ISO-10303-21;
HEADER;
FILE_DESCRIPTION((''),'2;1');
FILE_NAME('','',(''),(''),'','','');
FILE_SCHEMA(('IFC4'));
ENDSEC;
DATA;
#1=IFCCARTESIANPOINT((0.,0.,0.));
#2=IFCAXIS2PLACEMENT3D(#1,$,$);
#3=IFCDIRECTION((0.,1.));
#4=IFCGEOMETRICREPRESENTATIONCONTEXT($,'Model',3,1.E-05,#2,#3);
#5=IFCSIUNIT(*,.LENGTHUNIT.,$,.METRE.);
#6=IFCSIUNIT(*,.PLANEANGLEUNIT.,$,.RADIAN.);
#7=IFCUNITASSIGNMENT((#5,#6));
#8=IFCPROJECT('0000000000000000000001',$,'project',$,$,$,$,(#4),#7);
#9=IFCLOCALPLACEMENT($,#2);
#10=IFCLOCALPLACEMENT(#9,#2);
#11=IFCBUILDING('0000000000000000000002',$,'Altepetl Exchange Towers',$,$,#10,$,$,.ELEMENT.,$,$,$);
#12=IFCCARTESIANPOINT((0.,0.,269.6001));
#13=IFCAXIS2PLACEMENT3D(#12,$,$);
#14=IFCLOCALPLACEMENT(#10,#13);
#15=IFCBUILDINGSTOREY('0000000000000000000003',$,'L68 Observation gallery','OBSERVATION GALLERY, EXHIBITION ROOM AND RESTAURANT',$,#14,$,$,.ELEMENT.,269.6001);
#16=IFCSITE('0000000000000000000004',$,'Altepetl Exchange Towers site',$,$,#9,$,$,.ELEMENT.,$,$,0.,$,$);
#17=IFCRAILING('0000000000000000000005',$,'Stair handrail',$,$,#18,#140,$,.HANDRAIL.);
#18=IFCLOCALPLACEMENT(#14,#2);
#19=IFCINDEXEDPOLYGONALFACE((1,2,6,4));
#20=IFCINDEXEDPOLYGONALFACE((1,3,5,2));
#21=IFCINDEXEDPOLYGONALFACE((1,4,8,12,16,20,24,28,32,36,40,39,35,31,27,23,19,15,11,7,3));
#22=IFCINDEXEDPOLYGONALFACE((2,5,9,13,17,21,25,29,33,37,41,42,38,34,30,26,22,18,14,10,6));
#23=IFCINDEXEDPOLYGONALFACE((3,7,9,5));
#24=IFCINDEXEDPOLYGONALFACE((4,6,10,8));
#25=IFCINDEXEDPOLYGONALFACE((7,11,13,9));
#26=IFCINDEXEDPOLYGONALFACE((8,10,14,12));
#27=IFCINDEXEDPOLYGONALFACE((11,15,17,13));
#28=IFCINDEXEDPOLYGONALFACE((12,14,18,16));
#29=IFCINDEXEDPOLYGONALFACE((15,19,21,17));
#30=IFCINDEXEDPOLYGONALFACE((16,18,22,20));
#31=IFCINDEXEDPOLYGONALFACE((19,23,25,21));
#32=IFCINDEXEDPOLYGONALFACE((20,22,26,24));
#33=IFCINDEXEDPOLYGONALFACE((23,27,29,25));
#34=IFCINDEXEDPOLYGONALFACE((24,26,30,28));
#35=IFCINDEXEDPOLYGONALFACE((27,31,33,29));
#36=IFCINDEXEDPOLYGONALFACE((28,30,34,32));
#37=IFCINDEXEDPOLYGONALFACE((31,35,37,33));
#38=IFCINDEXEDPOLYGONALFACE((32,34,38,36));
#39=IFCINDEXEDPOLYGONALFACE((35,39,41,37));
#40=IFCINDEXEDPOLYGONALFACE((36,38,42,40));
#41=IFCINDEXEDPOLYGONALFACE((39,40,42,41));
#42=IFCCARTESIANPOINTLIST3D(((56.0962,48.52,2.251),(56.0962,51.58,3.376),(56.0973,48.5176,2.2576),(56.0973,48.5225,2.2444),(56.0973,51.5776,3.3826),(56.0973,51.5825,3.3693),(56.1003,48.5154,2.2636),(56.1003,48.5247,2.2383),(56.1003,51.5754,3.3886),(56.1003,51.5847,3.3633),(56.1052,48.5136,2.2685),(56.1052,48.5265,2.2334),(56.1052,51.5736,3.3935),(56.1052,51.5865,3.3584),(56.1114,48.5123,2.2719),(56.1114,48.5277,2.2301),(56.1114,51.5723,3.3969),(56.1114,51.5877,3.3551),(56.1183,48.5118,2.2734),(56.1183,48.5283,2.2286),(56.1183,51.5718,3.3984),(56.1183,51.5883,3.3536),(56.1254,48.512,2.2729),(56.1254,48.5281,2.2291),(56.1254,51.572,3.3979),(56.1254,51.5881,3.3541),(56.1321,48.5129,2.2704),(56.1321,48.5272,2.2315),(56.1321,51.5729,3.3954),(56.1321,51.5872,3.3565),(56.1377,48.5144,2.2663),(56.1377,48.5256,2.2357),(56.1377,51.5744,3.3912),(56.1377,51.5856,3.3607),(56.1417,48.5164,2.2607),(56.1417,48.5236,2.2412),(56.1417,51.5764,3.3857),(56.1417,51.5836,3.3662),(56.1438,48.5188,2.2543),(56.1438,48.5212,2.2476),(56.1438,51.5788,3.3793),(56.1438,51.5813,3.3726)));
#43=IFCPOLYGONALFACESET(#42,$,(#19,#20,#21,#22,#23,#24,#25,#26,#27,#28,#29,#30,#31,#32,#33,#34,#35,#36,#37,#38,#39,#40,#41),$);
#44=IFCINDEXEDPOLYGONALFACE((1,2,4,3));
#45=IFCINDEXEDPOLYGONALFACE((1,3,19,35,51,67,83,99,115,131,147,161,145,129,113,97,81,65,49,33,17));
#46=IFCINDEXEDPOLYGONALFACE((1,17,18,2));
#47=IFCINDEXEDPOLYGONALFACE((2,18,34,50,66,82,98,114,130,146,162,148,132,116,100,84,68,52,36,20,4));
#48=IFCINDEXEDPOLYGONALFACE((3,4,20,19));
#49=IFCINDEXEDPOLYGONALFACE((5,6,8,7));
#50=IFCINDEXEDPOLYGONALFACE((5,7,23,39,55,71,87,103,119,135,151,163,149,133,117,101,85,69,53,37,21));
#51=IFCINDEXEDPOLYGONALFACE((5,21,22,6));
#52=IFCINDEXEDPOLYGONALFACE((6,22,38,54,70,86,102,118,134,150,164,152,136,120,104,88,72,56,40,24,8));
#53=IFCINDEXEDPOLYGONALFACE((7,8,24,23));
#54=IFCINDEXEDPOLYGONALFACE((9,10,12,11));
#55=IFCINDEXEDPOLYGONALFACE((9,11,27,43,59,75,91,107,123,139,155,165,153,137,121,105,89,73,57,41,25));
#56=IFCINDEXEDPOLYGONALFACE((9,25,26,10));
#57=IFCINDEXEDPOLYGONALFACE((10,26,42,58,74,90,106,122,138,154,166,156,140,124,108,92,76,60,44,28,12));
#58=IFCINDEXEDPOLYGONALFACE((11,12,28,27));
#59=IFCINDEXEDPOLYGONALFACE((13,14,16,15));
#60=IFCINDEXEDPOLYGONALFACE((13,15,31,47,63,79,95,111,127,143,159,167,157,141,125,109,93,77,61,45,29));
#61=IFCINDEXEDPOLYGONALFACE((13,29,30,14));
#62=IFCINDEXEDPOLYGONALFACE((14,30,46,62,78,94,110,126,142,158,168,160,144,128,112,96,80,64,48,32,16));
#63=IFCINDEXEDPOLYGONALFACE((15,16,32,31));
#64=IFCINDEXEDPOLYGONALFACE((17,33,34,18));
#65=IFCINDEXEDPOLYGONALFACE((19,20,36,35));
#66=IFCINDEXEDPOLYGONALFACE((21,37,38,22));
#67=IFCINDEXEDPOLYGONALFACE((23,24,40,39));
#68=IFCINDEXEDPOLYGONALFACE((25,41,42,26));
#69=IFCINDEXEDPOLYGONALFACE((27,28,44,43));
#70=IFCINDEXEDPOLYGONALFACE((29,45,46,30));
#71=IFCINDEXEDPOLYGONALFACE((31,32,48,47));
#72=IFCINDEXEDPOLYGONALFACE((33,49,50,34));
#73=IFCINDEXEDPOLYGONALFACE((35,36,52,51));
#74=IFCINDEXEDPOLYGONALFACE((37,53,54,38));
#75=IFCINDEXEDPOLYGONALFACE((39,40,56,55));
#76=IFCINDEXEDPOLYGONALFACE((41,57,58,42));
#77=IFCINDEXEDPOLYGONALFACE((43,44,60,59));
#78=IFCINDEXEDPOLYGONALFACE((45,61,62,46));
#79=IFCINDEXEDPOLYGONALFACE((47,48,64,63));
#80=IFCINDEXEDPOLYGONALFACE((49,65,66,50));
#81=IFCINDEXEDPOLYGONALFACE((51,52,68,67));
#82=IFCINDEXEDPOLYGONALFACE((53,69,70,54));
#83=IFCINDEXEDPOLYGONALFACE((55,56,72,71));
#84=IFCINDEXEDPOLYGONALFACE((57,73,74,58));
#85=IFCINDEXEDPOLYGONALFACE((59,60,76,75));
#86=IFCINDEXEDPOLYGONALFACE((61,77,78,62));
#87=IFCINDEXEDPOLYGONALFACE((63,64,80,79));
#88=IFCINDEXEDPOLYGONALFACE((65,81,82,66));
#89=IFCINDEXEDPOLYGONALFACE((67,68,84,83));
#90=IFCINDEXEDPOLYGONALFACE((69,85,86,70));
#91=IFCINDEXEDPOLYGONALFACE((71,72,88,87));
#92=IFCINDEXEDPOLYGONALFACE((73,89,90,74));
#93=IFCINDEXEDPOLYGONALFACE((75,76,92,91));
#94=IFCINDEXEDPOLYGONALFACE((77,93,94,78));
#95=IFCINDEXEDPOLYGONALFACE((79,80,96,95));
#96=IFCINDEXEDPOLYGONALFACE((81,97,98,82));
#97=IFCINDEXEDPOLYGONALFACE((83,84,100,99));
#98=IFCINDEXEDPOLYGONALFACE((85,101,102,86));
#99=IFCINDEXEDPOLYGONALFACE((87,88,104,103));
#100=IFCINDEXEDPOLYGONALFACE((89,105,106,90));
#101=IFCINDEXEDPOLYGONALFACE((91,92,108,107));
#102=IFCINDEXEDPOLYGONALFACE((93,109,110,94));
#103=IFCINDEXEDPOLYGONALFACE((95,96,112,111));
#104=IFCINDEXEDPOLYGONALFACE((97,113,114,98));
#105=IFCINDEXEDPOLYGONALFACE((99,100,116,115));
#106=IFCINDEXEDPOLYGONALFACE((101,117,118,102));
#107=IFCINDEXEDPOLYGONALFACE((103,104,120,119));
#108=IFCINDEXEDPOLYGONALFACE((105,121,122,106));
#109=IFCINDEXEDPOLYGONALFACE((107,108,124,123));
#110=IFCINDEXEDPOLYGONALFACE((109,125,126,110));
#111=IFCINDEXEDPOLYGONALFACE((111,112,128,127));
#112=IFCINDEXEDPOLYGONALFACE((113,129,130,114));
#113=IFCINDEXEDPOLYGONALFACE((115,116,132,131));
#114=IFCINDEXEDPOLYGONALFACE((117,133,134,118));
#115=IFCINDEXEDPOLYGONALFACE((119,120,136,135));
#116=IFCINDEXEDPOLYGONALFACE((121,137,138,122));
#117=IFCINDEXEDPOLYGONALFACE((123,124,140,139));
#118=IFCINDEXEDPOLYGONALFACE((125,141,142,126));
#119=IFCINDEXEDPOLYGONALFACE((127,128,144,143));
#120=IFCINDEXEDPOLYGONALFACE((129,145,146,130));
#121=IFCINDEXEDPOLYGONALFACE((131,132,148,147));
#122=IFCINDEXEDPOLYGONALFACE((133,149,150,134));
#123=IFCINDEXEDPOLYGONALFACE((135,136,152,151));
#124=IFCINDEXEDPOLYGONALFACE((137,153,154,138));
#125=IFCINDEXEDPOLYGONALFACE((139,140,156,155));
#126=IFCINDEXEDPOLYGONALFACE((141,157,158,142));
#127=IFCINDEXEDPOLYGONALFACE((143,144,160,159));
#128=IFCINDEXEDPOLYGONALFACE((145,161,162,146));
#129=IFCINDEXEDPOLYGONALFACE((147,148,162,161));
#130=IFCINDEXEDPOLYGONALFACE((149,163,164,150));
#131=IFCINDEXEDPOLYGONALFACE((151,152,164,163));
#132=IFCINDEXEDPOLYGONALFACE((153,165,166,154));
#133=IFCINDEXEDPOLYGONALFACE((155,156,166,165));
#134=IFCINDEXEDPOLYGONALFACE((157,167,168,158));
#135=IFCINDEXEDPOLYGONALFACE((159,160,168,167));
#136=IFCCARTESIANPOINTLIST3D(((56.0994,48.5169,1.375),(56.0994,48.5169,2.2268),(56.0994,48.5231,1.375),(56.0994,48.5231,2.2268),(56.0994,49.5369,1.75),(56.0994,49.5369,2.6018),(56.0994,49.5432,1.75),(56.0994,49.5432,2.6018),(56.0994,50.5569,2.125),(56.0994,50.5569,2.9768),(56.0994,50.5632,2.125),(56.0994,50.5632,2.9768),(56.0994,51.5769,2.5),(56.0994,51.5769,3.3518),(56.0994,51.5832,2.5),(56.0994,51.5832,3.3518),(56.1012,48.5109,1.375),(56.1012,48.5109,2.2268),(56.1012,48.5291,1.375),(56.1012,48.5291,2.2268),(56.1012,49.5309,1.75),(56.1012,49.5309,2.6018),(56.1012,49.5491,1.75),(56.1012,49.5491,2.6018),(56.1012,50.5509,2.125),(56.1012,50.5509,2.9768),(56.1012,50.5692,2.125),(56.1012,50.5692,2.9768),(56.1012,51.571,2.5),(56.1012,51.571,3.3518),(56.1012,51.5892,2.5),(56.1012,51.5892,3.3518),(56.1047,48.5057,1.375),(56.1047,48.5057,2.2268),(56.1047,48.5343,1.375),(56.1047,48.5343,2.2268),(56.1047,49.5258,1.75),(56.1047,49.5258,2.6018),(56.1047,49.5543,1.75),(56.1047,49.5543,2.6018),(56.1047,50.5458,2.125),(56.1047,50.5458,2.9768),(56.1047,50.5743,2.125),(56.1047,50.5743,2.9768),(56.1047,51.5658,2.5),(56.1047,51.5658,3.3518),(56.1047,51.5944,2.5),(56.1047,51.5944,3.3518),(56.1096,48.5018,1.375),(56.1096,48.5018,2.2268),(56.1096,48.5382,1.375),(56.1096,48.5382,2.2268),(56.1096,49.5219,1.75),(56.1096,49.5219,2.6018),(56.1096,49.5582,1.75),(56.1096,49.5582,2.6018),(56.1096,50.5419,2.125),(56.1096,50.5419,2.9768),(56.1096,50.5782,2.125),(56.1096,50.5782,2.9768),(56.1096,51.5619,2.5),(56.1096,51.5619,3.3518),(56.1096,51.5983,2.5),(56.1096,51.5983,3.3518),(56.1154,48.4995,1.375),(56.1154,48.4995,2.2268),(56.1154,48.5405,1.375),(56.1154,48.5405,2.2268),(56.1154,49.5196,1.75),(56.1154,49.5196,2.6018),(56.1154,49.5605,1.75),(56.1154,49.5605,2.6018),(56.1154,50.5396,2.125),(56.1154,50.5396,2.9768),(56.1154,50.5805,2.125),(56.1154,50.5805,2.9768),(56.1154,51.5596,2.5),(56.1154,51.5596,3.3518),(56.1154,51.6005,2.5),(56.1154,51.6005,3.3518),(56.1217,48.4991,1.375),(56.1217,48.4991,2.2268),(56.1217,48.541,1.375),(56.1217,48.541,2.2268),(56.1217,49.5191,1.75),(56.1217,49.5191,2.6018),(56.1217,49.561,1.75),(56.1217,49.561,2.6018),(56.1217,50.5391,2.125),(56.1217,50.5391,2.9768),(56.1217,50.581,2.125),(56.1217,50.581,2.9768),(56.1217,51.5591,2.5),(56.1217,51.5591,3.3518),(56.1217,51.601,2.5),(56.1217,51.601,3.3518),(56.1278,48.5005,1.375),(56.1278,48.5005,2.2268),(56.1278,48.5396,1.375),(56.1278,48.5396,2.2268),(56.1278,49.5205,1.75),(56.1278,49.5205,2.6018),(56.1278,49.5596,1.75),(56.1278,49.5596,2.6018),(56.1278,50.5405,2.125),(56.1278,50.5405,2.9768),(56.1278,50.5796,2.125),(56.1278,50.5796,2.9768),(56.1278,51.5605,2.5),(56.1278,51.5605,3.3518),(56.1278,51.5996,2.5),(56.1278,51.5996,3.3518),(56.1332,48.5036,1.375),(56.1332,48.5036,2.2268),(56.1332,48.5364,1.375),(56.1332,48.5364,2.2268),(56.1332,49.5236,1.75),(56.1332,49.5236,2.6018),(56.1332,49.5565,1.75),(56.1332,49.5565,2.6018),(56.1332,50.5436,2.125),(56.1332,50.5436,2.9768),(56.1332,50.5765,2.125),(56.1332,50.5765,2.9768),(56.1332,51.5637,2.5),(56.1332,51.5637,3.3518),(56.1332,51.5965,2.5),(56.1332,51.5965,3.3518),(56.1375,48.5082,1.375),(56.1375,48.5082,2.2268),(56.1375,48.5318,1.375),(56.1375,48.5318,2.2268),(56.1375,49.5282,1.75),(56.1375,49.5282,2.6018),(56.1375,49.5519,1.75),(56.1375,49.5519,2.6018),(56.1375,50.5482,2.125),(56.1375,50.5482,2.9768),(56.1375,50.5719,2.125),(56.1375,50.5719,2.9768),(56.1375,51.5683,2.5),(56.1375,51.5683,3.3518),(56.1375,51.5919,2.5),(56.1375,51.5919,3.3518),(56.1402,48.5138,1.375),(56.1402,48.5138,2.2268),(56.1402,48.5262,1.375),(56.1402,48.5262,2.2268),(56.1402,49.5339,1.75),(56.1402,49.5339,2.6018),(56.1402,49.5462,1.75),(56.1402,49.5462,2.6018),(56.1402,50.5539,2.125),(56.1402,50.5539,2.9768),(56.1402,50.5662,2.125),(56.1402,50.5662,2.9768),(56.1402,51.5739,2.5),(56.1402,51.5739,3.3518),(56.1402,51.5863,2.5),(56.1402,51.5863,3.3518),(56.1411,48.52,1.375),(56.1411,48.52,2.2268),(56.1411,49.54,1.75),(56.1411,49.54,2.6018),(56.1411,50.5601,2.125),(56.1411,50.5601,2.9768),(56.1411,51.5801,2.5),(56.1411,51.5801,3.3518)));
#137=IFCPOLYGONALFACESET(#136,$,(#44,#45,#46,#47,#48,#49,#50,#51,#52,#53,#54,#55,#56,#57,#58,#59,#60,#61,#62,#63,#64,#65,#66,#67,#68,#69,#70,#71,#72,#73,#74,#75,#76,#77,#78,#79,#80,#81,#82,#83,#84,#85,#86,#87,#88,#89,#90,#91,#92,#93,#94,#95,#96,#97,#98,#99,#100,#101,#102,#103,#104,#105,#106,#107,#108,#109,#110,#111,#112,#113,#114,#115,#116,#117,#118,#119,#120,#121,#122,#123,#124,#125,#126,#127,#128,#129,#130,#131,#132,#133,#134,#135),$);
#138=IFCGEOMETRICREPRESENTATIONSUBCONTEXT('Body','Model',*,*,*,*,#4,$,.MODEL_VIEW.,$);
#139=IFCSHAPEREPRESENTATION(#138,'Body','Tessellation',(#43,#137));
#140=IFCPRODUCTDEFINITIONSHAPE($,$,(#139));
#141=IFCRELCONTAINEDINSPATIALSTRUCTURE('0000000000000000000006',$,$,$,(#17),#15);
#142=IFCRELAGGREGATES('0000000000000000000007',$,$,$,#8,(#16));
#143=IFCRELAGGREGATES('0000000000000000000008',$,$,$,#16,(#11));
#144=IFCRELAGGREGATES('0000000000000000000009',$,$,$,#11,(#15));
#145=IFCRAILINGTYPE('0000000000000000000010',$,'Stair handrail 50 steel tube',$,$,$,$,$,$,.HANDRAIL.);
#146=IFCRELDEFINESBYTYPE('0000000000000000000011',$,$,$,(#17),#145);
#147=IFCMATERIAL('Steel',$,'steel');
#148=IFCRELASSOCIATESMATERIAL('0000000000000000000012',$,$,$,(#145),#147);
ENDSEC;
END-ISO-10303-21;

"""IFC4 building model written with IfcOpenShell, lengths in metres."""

from ifc_helpers import new_model, si_unit, direction, frame, origin, origin_2d, place, context, subcontext, project, spatial, circle, extrude, source, transform, mapped, material, type_object, element, save


model = new_model("IFC4")

# Units and contexts
model_context = context("Model", 3, precision=1e-05, world=origin(), true_north=direction((0.0, 1.0)))
body_context = subcontext(model_context, "Body", "Model", "MODEL_VIEW")
ifc_project = project(units=[si_unit("LENGTHUNIT", "METRE"), si_unit("PLANEANGLEUNIT", "RADIAN")], contexts=[model_context])

# Site, building, storey
site_placement = place(None, origin())
site = spatial("IfcSite", under=ifc_project, at=site_placement, Name="Altepetl Exchange Towers site", CompositionType="ELEMENT", RefElevation=0.0)
building_placement = place(site_placement, origin())
building = spatial("IfcBuilding", under=site, at=building_placement, Name="Altepetl Exchange Towers", CompositionType="ELEMENT")
storey_placement = place(building_placement, frame((0.0, 0.0, 269.6001)))
storey = spatial("IfcBuildingStorey", under=building, at=storey_placement, Name="L68 Observation gallery", Description="OBSERVATION GALLERY, EXHIBITION ROOM AND RESTAURANT", CompositionType="ELEMENT", Elevation=269.6001)

# Railing
ifc_material_1 = material(Name="Steel", Category="steel")
railing_type = type_object("IfcRailingType", Name="Stair handrail 50 steel tube", PredefinedType="HANDRAIL", material=ifc_material_1)
shared_shape = source(origin(), body_context, "Body", "SweptSolid", [
    extrude(circle(Radius=0.021, at=origin_2d()), origin(), (0.0, 0.0, 1.0), 0.8518),
])
for number, where, name in (
    (1, (56.1201, 48.52, 1.375), "Stair handrail"),
):
    element("IfcRailing", number, at=place(storey_placement, frame(where)), inside=storey, type_object=railing_type, Name=name, PredefinedType="HANDRAIL", context=body_context, shape_type="SweptSolid", body=[
        extrude(circle(Radius=0.0239, at=origin_2d()), frame((0.0, 0.0, 0.876), z_axis=(0.0, 0.938581, 0.34506), x_axis=(-1.0, 0.0, 0.0)), (0.0, 0.0, 1.0), 3.2603),
        mapped(shared_shape, transform((0.0, 0.0, 0.0))),
        mapped(shared_shape, transform((0.0, 1.02, 0.375))),
        mapped(shared_shape, transform((0.0, 2.04, 0.75))),
        mapped(shared_shape, transform((0.0, 3.0601, 1.125))),
    ])

save(model, "model.ifc")
